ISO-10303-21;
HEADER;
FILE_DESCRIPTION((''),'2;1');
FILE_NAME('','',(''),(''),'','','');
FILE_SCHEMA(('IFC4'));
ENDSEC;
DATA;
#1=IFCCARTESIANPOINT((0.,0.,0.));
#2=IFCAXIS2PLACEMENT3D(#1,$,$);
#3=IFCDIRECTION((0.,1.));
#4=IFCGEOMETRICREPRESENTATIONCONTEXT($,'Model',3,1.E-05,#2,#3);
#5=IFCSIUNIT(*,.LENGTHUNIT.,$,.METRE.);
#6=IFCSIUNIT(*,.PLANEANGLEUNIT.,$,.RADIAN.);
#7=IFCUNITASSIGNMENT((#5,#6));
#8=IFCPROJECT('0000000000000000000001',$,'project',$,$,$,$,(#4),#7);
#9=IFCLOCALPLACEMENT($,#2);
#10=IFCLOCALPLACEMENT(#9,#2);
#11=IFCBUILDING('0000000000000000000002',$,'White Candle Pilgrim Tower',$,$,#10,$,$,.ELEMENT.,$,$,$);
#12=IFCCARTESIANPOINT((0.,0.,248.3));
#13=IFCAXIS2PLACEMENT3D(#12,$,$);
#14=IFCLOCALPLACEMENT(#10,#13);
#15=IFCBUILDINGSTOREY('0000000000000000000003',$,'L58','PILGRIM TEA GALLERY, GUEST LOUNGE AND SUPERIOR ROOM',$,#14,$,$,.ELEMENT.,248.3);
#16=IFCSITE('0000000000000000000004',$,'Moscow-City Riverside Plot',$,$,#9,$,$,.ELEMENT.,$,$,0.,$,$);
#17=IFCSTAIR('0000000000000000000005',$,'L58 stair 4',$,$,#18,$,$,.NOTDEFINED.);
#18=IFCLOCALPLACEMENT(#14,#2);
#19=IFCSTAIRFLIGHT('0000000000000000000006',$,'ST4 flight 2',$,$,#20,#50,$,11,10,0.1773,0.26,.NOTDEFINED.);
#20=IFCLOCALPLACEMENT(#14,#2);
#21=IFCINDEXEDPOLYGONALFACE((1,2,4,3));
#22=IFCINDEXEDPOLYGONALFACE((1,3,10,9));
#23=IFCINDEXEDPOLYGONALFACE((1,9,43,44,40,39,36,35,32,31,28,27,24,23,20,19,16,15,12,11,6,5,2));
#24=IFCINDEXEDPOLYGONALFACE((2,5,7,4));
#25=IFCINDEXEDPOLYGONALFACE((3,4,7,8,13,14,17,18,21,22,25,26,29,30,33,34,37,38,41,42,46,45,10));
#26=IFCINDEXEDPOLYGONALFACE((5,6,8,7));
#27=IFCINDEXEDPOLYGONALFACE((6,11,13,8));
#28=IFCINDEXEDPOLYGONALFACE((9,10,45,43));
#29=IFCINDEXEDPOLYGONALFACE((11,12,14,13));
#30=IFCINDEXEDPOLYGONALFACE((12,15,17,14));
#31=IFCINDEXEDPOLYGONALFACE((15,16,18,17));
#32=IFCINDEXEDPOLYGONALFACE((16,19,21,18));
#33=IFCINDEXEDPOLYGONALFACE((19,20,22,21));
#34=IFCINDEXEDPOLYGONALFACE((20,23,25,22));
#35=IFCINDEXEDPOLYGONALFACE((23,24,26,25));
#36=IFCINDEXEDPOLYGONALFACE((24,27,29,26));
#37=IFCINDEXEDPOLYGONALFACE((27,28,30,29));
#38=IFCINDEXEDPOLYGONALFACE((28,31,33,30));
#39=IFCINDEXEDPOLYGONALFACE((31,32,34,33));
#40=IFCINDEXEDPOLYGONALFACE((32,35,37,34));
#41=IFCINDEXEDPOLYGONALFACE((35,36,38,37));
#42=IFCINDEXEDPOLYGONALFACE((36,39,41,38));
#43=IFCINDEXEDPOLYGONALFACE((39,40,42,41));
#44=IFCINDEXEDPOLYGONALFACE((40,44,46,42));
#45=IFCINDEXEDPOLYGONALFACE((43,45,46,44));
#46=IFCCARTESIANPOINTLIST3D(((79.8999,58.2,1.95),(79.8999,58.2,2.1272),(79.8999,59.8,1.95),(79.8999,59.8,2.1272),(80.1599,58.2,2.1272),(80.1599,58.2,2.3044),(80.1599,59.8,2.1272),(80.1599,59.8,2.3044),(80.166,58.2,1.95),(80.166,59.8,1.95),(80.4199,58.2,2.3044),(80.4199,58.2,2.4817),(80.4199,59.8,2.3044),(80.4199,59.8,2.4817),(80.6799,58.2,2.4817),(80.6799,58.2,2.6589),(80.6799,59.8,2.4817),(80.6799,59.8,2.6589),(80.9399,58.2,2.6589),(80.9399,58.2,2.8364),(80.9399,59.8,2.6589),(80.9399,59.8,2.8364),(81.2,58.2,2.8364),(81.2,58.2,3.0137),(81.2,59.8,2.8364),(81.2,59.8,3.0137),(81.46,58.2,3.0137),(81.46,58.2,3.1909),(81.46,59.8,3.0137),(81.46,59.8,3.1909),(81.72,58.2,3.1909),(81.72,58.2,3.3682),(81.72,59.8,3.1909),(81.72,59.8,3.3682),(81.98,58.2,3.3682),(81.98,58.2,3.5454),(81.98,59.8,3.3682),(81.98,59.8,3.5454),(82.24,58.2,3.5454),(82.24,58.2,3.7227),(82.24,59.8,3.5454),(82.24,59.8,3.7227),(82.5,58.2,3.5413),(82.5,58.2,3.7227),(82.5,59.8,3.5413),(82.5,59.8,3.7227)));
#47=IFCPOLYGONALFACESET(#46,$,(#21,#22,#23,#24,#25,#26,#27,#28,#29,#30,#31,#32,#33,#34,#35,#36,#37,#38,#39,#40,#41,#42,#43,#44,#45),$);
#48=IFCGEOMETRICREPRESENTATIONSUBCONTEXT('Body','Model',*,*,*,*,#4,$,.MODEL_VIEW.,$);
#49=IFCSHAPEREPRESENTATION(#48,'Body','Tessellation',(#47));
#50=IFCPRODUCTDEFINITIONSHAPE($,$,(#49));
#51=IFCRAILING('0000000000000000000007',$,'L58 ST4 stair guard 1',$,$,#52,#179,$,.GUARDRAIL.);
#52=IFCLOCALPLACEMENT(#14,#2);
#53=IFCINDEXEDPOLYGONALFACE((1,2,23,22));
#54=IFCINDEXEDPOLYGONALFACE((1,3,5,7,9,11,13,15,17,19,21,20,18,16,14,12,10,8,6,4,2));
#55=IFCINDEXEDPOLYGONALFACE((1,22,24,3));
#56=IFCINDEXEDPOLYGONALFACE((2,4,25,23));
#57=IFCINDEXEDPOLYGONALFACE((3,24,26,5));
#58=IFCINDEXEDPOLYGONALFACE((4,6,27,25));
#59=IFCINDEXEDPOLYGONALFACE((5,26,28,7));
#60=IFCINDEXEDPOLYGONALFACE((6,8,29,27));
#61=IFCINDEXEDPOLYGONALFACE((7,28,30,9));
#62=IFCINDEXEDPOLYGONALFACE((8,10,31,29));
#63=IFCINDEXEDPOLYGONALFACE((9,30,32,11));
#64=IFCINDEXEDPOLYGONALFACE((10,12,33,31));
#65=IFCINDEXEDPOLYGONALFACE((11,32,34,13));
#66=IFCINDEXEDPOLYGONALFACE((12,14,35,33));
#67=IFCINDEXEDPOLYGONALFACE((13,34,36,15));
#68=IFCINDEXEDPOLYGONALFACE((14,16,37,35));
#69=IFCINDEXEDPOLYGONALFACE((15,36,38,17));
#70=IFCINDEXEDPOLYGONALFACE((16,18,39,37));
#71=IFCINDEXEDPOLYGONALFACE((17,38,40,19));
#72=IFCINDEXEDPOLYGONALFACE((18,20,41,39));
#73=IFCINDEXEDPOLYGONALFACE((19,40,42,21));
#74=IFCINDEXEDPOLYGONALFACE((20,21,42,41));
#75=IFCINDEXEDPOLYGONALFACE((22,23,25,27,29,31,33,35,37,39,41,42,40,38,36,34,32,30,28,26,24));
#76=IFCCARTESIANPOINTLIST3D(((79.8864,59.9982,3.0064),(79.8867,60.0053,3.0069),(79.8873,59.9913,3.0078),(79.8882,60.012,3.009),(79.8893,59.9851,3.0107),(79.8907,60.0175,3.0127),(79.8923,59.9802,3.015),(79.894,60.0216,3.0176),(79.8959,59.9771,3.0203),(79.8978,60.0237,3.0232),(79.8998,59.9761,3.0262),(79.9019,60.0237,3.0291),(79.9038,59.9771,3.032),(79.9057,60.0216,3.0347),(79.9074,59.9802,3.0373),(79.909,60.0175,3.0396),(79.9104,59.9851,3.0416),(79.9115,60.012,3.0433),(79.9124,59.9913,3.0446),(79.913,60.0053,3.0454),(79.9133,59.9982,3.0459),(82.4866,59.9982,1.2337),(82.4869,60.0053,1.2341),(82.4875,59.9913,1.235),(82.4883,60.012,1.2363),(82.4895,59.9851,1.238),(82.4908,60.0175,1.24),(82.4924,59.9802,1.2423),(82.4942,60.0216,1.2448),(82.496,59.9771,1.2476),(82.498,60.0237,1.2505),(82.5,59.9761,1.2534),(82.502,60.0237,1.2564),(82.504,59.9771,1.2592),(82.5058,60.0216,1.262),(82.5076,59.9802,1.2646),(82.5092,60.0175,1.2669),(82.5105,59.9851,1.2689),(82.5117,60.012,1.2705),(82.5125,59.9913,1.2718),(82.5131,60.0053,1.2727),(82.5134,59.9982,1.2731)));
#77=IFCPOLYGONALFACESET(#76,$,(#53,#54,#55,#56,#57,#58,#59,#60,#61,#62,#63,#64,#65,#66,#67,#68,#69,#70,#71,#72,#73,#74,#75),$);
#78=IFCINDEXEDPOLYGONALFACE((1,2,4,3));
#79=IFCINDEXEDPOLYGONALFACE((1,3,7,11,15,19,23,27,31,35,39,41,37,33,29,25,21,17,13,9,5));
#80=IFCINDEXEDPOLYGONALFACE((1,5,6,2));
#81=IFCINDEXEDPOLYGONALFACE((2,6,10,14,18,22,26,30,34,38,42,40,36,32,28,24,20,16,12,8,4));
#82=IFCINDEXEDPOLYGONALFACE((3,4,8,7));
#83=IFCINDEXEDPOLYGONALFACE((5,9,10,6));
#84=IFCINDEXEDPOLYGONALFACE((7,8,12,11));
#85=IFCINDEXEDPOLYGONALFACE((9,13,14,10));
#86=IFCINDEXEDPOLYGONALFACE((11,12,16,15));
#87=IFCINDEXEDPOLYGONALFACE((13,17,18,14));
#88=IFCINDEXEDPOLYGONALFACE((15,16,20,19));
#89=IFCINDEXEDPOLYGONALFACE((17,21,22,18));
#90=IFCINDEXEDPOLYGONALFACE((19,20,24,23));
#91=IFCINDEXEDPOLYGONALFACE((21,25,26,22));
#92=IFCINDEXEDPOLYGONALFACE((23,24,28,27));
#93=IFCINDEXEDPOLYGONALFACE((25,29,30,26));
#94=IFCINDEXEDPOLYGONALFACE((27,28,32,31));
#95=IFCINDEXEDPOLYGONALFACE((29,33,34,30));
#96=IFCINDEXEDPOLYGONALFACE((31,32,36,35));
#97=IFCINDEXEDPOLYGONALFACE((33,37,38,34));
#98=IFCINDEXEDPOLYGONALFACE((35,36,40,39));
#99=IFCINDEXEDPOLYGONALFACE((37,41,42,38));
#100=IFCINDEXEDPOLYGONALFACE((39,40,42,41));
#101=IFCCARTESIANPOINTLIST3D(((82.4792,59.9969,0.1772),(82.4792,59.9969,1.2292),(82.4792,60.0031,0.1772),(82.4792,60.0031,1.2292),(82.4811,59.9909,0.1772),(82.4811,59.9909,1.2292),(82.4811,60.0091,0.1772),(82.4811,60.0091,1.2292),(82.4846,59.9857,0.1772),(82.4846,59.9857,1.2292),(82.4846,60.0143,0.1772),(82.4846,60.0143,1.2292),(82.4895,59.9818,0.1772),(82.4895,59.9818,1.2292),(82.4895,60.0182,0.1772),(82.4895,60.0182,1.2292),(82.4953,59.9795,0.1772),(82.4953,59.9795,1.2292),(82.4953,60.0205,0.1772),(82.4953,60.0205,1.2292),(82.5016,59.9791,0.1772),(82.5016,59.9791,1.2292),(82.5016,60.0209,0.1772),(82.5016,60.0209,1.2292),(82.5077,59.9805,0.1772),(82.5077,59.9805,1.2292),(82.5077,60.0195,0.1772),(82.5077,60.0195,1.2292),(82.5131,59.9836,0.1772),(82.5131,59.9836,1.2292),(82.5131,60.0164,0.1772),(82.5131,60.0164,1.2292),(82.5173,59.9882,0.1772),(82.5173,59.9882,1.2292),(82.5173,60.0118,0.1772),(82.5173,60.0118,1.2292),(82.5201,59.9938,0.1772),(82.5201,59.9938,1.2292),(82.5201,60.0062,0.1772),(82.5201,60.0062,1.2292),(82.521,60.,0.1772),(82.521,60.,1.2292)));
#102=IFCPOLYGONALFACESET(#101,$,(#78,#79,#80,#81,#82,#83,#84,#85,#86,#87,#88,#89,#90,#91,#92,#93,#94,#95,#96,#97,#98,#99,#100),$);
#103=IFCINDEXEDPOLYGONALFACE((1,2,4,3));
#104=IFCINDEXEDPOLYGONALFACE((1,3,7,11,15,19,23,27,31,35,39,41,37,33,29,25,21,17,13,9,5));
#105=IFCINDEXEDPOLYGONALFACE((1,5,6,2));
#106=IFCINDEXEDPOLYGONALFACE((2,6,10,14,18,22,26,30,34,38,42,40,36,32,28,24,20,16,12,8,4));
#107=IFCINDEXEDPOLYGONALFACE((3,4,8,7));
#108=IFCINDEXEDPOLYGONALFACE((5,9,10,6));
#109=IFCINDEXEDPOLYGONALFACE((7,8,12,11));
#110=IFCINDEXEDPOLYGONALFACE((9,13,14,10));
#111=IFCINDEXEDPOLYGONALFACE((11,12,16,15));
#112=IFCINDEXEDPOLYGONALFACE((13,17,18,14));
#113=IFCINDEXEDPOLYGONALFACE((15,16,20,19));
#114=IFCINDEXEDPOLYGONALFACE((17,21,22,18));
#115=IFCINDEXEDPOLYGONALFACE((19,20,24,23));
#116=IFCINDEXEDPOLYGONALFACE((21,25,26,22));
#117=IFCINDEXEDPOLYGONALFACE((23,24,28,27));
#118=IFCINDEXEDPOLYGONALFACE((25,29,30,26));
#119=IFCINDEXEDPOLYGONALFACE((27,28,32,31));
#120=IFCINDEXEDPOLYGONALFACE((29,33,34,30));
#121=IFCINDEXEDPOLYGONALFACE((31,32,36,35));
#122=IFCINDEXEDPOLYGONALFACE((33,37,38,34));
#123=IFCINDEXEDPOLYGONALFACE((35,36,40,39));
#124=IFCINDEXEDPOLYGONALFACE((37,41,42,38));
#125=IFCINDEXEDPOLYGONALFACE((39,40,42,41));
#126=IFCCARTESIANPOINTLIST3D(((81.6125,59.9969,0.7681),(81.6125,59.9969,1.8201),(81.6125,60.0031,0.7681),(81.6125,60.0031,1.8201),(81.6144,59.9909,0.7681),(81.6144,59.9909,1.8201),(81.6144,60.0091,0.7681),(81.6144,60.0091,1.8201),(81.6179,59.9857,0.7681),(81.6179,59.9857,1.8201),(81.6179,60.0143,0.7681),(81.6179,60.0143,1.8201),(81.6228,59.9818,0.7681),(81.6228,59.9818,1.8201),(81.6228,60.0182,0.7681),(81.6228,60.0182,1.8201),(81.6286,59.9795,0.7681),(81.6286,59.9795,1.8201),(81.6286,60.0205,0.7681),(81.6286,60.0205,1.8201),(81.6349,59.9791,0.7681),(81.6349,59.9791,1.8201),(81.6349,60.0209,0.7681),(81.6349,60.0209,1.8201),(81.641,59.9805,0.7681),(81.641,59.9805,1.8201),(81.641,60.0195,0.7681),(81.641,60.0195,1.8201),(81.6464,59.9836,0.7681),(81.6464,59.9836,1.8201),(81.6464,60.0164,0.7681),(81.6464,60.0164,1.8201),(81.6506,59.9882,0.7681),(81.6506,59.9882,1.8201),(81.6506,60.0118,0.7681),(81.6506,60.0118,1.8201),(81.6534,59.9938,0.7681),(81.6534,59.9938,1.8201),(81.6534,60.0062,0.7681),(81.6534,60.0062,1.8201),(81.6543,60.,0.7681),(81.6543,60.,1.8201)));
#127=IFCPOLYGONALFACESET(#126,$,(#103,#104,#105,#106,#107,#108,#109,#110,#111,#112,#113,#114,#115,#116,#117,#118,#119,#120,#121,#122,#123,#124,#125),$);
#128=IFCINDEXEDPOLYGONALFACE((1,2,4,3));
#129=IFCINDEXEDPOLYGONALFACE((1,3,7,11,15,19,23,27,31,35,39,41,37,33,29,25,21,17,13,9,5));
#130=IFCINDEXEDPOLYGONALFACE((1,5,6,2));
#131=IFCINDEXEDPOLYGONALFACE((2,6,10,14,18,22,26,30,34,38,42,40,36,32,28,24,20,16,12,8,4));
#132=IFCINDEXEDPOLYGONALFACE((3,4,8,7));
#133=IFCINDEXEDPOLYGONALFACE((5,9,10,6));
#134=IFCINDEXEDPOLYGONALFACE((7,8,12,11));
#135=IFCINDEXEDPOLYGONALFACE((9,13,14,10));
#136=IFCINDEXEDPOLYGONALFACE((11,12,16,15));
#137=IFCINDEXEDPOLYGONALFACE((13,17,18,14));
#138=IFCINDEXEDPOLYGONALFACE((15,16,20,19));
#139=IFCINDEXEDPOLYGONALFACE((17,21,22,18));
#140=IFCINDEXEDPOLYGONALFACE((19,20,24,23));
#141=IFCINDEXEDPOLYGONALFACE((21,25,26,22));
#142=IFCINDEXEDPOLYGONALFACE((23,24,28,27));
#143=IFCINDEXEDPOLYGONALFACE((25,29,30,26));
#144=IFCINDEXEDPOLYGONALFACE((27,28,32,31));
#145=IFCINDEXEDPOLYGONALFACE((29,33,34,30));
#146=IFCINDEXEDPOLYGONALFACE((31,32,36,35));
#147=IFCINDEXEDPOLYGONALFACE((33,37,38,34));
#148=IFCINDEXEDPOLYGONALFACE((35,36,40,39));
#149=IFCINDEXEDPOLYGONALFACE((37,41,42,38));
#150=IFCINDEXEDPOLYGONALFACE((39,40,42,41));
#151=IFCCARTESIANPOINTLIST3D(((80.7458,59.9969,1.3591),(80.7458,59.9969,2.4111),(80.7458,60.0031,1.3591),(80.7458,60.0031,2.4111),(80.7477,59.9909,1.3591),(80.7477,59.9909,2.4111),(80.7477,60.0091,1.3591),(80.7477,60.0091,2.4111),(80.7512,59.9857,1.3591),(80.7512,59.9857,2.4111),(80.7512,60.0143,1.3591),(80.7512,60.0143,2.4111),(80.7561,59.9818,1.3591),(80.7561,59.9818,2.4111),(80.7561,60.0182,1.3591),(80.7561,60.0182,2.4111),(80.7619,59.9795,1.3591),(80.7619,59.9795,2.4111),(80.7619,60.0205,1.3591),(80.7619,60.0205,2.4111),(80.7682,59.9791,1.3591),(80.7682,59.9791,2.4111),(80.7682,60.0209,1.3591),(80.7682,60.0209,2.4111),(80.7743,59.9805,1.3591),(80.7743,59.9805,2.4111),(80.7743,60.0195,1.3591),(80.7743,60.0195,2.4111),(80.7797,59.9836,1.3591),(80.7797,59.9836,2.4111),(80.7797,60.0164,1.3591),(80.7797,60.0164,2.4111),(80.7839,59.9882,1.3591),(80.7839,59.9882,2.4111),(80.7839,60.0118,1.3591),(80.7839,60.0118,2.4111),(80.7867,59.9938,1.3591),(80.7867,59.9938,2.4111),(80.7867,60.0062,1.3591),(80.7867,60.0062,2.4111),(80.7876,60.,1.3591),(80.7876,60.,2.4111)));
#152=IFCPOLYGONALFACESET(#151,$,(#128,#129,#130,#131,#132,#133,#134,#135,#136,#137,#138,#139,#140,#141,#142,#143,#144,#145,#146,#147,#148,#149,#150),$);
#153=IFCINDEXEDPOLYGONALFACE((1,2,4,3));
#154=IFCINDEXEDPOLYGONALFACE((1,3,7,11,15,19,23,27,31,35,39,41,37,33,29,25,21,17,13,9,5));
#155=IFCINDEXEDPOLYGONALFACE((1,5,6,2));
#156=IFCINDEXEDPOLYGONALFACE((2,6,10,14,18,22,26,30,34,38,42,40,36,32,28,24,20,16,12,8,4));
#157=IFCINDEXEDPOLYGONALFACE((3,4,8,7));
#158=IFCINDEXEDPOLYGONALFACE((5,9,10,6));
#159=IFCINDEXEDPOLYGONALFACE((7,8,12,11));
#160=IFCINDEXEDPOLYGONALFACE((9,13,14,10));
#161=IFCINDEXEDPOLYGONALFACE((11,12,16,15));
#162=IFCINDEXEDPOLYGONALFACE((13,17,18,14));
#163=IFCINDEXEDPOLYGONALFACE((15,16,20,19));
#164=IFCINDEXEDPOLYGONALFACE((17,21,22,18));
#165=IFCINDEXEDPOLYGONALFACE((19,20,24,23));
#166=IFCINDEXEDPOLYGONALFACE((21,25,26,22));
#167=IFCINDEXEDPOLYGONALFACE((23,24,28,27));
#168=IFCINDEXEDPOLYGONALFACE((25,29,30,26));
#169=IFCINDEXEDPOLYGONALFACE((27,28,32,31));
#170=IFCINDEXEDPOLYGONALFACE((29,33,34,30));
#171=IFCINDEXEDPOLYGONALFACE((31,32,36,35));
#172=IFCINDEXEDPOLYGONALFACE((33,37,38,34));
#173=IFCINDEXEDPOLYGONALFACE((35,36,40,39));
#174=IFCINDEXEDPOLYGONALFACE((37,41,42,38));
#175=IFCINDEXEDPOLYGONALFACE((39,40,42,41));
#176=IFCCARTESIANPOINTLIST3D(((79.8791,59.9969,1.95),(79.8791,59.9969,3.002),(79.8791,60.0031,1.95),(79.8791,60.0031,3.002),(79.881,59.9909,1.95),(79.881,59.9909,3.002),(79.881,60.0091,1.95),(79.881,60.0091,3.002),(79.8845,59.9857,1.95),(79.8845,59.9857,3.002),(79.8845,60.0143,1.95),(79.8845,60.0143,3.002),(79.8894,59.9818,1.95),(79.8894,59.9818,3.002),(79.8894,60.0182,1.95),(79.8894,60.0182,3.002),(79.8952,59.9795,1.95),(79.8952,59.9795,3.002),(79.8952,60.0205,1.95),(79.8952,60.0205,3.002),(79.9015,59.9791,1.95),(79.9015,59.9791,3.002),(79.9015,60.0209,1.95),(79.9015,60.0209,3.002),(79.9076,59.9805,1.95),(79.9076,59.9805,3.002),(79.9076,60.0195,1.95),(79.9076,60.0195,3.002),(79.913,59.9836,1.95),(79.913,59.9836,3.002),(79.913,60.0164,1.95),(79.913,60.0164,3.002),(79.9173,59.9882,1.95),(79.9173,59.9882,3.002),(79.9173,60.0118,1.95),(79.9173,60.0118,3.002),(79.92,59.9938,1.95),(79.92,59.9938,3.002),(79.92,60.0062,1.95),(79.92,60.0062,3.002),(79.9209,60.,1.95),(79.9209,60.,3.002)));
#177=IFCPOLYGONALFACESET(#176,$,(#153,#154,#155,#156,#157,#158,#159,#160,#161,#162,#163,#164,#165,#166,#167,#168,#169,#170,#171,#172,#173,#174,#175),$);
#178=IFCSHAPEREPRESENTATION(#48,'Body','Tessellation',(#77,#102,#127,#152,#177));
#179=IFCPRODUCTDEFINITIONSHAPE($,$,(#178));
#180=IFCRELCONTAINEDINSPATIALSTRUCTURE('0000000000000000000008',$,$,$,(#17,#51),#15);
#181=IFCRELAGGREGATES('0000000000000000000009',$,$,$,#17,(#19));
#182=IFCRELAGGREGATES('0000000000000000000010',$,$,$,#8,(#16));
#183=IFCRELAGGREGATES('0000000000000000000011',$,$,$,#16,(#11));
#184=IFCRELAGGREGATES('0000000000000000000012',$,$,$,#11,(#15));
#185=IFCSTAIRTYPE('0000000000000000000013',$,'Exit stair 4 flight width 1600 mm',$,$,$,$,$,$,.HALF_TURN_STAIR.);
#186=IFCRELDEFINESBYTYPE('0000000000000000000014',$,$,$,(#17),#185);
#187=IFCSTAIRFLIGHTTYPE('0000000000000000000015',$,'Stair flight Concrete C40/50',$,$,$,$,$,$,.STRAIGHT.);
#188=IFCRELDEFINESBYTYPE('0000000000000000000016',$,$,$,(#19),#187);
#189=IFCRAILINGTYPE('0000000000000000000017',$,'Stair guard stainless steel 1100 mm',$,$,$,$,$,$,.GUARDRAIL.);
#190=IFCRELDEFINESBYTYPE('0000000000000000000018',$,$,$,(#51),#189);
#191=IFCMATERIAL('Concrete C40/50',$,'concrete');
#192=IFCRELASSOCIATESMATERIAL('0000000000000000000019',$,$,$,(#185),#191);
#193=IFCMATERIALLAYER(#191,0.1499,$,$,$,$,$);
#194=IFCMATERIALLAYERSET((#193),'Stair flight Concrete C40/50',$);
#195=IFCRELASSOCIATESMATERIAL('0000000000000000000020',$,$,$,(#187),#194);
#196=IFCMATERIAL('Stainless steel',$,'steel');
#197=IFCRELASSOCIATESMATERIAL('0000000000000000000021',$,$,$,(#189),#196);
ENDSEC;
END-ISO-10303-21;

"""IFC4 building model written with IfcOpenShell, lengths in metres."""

from ifc_helpers import new_model, si_unit, direction, frame, origin, origin_2d, place, context, subcontext, project, spatial, polyline, circle, outline, extrude, material, layer, layer_set, type_object, element, aggregate, save


model = new_model("IFC4")

# Units and contexts
model_context = context("Model", 3, precision=1e-05, world=origin(), true_north=direction((0.0, 1.0)))
body_context = subcontext(model_context, "Body", "Model", "MODEL_VIEW")
ifc_project = project(units=[si_unit("LENGTHUNIT", "METRE"), si_unit("PLANEANGLEUNIT", "RADIAN")], contexts=[model_context])

# Site, building, storey
site_placement = place(None, origin())
site = spatial("IfcSite", under=ifc_project, at=site_placement, Name="Moscow-City Riverside Plot", CompositionType="ELEMENT", RefElevation=0.0)
building_placement = place(site_placement, origin())
building = spatial("IfcBuilding", under=site, at=building_placement, Name="White Candle Pilgrim Tower", CompositionType="ELEMENT")
storey_placement = place(building_placement, frame((0.0, 0.0, 248.3)))
storey = spatial("IfcBuildingStorey", under=building, at=storey_placement, Name="L58", Description="PILGRIM TEA GALLERY, GUEST LOUNGE AND SUPERIOR ROOM", CompositionType="ELEMENT", Elevation=248.3)

# Stair, stair flight
ifc_material_1 = material(Name="Concrete C40/50", Category="concrete")
stair_type = type_object("IfcStairType", Name="Exit stair 4 flight width 1600 mm", PredefinedType="HALF_TURN_STAIR", material=ifc_material_1)
stair_placement = place(storey_placement, origin())
stair = element("IfcStair", 1, at=stair_placement, inside=storey, type_object=stair_type, Name="L58 stair 4", PredefinedType="NOTDEFINED")
ifc_layer_1 = layer(ifc_material_1, 0.1499)
ifc_layer_set_1 = layer_set([ifc_layer_1], Name="Stair flight Concrete C40/50")
stair_flight_type = type_object("IfcStairFlightType", Name="Stair flight Concrete C40/50", PredefinedType="STRAIGHT", material=ifc_layer_set_1)
stair_flight_1_placement = place(storey_placement, frame((79.8999, 59.0, 1.95), z_axis=(0.0, 0.0, 1.0), x_axis=(1.0, 0.0, 0.0)))
stair_flight_1 = element("IfcStairFlight", 2, at=stair_flight_1_placement, type_object=stair_flight_type, Name="ST4 flight 2", NumberOfRisers=11, NumberOfTreads=10, PredefinedType="NOTDEFINED", RiserHeight=0.1773, TreadLength=0.26, context=body_context, shape_type="SweptSolid", body=[
    extrude(outline(polyline([(0.0, 0.0), (0.0, 0.1772), (0.26, 0.1772), (0.26, 0.3545), (0.52, 0.3545), (0.52, 0.5317), (0.78, 0.5317), (0.78, 0.709), (1.04, 0.709), (1.04, 0.8865), (1.3, 0.8865), (1.3, 1.0637), (1.5601, 1.0637), (1.5601, 1.241), (1.8201, 1.241), (1.8201, 1.4182), (2.0801, 1.4182), (2.0801, 1.5955), (2.3401, 1.5955), (2.3401, 1.7727), (2.6001, 1.7727), (2.6001, 1.95), (2.6001, 1.5913), (0.2661, 0.0), (0.0, 0.0)])), frame((0.0, 0.8, 0.0), z_axis=(0.0, -1.0, 0.0), x_axis=(1.0, 0.0, 0.0)), (0.0, 0.0, 1.0), 1.6001),
])
aggregate(stair, [stair_flight_1])

# Railing
ifc_material_2 = material(Name="Stainless steel", Category="steel")
railing_type_1 = type_object("IfcRailingType", Name="Stair guard stainless steel 1100 mm", PredefinedType="GUARDRAIL", material=ifc_material_2)
railing_1_placement = place(storey_placement, frame((82.5, 60.0, 0.1772)))
element("IfcRailing", 3, at=railing_1_placement, inside=storey, type_object=railing_type_1, Name="L58 ST4 stair guard 1", PredefinedType="GUARDRAIL", context=body_context, shape_type="SweptSolid", body=[
    extrude(circle(Radius=0.0239, at=origin_2d()), frame((0.0, 0.0, 1.0762), z_axis=(-0.82624, 0.0, 0.563318), x_axis=(0.0, -1.0, 0.0)), (0.0, 0.0, 1.0), 3.147),
    extrude(circle(Radius=0.021, at=origin_2d()), origin(), (0.0, 0.0, 1.0), 1.052),
    extrude(circle(Radius=0.021, at=origin_2d()), frame((-0.8667, 0.0, 0.5908)), (0.0, 0.0, 1.0), 1.052),
    extrude(circle(Radius=0.021, at=origin_2d()), frame((-1.7334, 0.0, 1.1819)), (0.0, 0.0, 1.0), 1.052),
    extrude(circle(Radius=0.021, at=origin_2d()), frame((-2.6001, 0.0, 1.7727)), (0.0, 0.0, 1.0), 1.052),
])

save(model, "model.ifc")
